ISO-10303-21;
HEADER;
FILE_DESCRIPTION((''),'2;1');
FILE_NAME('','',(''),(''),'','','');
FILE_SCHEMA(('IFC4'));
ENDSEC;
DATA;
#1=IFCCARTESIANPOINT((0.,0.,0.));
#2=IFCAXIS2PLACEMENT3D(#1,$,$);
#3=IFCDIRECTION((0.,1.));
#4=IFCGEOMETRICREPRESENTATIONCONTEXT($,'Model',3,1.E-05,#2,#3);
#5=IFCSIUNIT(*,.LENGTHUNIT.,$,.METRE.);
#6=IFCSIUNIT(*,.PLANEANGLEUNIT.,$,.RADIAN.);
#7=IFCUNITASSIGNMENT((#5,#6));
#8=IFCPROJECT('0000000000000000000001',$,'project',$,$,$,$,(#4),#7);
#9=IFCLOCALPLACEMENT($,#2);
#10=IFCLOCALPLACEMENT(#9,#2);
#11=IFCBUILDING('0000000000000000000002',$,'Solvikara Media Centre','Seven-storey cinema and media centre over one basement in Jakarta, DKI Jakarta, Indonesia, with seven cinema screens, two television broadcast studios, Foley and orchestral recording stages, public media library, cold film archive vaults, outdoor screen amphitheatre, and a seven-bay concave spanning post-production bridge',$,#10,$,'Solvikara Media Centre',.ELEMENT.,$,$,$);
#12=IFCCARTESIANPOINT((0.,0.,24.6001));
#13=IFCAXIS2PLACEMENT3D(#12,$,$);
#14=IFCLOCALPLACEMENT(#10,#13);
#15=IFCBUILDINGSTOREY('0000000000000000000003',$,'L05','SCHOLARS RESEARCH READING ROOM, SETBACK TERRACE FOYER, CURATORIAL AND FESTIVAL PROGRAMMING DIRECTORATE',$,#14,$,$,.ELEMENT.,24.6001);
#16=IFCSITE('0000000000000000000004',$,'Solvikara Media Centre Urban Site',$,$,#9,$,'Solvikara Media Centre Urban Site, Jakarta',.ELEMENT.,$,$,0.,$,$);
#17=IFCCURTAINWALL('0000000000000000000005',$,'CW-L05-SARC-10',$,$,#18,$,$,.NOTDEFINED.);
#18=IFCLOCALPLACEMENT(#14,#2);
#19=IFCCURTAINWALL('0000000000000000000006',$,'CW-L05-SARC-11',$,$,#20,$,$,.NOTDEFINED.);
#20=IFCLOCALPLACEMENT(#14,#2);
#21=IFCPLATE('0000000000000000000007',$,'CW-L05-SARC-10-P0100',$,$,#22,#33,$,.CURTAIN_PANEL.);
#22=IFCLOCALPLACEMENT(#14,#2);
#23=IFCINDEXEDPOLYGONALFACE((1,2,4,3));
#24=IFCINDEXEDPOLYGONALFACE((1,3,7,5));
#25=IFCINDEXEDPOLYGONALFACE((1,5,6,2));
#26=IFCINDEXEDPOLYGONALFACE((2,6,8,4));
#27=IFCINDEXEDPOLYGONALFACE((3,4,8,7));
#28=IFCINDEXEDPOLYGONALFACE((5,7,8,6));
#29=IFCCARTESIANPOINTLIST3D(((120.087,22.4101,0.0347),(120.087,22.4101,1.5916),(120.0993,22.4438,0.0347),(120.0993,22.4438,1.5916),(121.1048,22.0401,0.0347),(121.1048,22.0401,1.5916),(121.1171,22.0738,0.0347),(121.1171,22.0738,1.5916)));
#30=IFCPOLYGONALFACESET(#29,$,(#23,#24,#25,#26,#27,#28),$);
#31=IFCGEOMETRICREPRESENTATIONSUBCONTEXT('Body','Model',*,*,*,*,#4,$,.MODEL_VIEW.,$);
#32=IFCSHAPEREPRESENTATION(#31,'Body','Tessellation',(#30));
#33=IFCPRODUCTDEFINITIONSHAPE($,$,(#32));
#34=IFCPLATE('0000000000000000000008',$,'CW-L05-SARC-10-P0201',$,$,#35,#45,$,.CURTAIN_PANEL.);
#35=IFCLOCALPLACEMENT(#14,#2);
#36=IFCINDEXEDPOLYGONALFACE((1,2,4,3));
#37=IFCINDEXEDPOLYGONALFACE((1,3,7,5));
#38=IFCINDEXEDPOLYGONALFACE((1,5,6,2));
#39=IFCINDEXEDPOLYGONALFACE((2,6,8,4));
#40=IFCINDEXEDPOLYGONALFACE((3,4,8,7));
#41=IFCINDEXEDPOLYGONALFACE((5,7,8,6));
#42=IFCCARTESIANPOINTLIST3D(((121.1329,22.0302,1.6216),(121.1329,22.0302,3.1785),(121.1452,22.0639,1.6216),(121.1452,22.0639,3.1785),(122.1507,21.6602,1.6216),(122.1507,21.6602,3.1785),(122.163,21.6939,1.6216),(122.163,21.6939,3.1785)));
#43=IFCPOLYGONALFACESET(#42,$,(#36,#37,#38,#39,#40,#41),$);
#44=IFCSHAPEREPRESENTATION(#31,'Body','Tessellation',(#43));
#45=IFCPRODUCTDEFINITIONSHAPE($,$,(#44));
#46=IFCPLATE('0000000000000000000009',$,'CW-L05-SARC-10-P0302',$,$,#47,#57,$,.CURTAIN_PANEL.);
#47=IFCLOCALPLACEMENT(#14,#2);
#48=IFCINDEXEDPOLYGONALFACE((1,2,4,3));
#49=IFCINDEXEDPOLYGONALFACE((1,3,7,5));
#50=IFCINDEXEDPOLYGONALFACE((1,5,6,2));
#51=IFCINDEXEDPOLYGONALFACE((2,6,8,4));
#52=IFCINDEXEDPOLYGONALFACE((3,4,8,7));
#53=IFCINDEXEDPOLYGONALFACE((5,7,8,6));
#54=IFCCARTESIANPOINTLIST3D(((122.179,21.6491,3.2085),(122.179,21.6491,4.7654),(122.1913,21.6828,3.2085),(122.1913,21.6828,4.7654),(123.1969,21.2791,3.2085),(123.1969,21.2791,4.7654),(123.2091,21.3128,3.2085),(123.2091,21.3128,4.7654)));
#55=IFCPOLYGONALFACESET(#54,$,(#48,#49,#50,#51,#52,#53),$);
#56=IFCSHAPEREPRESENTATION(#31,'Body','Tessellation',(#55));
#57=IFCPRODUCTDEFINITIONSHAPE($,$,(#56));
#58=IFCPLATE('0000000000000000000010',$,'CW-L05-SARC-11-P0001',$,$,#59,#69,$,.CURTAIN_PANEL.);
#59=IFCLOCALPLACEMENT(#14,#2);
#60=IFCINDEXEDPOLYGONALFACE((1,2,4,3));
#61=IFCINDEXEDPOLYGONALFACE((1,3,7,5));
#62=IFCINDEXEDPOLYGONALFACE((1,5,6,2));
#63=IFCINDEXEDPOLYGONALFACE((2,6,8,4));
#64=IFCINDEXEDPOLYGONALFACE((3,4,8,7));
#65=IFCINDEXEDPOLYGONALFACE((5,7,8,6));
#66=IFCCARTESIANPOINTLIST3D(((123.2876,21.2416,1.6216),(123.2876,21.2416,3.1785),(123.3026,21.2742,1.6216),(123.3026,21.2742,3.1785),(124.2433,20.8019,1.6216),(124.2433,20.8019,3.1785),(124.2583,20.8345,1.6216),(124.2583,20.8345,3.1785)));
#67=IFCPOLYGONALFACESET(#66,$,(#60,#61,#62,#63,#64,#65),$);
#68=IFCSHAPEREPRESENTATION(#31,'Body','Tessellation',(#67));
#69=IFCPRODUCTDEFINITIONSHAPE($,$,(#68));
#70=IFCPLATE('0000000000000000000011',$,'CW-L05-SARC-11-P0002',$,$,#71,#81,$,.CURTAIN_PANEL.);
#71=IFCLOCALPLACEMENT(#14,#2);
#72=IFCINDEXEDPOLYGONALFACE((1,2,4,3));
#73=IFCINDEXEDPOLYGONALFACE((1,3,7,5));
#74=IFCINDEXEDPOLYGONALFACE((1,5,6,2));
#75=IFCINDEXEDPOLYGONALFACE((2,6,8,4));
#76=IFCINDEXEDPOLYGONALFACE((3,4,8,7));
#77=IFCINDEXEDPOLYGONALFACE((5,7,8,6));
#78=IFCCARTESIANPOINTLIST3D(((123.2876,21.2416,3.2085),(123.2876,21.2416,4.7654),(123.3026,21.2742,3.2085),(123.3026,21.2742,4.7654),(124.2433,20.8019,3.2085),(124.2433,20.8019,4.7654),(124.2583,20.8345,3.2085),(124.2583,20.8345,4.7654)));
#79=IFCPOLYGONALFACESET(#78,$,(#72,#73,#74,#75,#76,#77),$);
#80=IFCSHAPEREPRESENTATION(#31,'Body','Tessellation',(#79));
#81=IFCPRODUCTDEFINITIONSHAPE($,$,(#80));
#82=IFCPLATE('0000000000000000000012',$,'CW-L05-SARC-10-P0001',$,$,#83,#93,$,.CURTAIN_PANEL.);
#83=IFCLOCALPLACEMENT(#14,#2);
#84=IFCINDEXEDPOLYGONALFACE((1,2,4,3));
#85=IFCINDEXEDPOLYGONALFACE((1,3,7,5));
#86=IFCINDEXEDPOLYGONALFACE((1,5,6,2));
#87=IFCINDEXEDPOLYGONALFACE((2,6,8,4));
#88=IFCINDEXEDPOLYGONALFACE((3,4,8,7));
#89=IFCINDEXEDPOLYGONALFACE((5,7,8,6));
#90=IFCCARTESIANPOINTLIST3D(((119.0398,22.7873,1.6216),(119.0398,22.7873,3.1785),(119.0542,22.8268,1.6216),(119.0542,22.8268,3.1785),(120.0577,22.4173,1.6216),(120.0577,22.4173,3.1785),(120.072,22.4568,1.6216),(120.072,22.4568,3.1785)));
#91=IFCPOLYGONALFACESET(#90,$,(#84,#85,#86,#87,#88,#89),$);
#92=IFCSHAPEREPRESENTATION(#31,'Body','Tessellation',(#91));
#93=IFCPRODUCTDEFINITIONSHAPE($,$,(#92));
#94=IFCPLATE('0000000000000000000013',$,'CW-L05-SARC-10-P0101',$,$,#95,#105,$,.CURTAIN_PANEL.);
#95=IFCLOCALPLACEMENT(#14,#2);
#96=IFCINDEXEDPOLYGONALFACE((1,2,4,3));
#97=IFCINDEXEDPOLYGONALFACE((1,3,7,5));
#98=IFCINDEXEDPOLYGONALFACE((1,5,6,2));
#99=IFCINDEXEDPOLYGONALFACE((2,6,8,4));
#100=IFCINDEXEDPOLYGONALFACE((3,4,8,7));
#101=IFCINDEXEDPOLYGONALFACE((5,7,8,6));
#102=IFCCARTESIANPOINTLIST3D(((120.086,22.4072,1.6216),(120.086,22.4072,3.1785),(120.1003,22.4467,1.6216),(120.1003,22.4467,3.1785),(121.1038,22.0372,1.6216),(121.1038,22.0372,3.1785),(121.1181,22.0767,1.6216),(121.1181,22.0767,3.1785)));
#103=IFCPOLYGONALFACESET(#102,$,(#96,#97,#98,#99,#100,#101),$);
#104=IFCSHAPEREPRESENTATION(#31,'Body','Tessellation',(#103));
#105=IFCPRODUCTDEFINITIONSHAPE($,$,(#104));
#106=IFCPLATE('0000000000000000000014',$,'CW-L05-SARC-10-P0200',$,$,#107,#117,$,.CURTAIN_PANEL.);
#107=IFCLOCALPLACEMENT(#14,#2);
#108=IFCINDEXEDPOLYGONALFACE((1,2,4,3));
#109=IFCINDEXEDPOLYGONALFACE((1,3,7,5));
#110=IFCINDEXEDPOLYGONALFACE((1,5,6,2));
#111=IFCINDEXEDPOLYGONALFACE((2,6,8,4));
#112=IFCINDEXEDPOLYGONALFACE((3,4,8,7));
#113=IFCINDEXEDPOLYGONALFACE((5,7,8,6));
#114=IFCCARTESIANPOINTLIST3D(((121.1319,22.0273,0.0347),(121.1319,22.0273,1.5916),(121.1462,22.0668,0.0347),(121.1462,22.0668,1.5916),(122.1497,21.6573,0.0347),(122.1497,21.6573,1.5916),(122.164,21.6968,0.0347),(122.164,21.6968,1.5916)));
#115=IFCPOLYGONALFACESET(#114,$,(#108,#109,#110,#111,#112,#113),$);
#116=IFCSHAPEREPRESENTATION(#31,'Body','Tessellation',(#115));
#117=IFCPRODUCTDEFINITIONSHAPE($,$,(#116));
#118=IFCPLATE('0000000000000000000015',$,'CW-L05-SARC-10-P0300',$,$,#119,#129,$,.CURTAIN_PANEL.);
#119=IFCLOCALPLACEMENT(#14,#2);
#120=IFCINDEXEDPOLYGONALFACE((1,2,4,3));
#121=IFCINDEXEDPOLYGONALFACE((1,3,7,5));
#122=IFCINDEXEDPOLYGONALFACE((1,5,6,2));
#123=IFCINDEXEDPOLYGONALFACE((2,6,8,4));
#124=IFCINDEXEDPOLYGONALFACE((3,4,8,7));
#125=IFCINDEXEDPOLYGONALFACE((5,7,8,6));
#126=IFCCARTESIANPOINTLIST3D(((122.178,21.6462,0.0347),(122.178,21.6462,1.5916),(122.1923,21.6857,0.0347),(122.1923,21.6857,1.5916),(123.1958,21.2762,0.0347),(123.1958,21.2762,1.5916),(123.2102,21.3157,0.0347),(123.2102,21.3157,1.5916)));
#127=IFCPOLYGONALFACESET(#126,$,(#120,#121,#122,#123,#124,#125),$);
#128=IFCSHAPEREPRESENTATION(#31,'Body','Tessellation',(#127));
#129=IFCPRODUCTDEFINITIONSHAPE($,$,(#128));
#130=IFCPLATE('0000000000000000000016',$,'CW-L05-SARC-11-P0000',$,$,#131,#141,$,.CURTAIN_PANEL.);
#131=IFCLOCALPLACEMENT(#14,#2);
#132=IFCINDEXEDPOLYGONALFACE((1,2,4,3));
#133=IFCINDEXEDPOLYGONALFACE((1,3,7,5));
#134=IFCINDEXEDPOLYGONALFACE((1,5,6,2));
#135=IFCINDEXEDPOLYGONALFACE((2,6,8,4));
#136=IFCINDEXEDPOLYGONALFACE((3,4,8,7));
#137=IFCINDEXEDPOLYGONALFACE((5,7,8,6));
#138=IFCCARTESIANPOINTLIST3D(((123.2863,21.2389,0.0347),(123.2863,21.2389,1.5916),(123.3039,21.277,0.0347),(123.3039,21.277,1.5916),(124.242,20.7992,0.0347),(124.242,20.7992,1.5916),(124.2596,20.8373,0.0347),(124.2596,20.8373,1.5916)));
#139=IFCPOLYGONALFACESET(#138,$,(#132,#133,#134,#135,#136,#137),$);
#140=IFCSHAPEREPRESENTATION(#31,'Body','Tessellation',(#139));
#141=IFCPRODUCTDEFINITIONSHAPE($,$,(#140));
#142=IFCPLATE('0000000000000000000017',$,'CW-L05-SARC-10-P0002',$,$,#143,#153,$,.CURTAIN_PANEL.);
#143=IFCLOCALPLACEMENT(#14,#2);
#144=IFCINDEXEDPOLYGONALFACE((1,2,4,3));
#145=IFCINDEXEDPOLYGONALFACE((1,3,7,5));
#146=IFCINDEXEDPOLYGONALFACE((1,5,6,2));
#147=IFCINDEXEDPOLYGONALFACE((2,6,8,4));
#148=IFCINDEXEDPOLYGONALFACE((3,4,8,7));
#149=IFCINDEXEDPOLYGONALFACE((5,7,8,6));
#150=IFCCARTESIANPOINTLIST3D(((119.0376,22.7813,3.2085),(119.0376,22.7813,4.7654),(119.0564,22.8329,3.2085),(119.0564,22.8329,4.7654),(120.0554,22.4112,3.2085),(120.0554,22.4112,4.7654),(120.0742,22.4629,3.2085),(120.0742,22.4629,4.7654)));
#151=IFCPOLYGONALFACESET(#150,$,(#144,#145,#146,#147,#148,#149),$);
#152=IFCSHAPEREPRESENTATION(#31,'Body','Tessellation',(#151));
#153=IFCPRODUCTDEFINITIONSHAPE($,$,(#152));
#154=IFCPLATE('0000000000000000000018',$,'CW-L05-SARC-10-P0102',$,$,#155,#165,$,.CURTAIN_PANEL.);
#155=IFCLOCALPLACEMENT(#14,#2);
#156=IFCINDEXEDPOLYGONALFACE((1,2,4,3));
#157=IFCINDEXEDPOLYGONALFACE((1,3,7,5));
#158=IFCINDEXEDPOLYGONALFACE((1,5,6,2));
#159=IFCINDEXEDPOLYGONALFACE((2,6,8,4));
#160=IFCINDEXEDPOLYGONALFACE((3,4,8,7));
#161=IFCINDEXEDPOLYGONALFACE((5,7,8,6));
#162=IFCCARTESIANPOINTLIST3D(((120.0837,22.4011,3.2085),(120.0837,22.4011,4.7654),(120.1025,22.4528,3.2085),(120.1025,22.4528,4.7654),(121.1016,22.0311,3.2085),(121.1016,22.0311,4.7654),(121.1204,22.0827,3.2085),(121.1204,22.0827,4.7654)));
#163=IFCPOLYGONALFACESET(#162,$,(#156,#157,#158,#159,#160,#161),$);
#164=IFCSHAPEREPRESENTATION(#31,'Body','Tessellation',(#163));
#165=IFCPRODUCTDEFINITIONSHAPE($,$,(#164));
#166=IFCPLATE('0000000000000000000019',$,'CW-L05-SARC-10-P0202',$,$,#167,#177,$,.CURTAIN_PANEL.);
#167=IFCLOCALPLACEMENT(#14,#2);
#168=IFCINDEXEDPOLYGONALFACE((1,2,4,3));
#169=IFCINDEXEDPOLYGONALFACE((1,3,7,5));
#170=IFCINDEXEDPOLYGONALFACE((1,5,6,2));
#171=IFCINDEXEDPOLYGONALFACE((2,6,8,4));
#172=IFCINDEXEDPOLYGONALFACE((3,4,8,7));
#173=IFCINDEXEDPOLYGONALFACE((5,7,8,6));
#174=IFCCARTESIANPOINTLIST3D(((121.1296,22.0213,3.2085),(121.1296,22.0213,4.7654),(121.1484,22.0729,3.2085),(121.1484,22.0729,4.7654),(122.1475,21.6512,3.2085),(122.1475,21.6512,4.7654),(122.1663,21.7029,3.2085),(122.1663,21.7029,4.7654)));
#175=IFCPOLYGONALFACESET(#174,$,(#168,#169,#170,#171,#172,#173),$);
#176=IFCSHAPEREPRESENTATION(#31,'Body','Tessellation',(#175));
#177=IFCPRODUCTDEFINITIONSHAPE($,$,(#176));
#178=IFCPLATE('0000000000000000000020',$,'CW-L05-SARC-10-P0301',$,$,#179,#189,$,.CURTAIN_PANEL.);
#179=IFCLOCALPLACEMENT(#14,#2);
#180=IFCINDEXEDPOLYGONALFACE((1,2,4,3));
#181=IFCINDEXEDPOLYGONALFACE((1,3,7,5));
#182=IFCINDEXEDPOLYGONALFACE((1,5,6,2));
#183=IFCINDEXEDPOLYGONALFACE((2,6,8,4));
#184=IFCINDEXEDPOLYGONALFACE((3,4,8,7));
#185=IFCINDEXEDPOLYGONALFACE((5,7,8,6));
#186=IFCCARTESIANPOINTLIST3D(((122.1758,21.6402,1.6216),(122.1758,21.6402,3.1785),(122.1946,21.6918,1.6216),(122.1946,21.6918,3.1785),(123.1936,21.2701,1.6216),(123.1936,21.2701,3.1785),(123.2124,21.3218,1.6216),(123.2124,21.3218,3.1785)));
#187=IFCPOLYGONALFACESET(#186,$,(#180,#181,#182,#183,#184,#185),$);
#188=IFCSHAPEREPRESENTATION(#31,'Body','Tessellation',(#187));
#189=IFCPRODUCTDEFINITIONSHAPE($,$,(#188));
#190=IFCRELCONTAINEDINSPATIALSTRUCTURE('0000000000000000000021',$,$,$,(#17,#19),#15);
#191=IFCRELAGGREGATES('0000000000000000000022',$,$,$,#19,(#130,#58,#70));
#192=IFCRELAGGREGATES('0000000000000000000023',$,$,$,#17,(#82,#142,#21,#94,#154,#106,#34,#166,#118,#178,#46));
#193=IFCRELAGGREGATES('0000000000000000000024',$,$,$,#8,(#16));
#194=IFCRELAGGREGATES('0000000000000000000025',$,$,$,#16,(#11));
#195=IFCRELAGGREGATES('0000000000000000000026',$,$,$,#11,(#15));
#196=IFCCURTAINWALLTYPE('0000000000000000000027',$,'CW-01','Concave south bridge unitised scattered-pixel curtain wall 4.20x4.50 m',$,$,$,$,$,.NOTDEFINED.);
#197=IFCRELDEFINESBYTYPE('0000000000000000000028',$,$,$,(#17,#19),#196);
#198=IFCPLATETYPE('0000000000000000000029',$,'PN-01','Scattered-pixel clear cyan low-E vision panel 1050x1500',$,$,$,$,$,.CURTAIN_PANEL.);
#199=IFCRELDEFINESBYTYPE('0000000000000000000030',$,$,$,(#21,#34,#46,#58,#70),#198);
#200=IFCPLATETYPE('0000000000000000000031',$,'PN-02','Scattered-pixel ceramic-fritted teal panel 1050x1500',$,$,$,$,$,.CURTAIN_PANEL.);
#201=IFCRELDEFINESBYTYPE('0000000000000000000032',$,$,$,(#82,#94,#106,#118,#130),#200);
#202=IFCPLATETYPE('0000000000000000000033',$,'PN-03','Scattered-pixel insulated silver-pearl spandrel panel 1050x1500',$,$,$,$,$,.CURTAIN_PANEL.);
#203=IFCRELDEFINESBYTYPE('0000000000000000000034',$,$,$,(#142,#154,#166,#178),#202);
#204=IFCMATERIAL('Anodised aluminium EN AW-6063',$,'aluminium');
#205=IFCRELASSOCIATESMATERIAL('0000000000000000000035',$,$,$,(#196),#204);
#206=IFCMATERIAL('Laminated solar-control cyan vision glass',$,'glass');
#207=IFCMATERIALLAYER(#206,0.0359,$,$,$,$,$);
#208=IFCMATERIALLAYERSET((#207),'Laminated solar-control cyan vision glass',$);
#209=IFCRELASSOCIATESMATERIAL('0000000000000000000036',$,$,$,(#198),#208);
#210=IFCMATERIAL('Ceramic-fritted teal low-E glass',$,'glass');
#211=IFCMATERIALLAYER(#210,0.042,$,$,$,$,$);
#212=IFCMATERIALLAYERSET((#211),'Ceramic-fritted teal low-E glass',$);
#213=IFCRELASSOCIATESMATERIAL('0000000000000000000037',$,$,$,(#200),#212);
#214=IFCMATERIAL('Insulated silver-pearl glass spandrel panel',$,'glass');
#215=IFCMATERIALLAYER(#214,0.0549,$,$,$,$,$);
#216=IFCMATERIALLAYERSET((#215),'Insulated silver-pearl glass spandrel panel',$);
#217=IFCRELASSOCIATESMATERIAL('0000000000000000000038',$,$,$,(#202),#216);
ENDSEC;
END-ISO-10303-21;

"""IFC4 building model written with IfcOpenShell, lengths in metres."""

from ifc_helpers import new_model, si_unit, direction, frame, origin, origin_2d, place, context, subcontext, project, spatial, rectangle, extrude, material, layer, layer_set, type_object, element, aggregate, save


model = new_model("IFC4")

# Units and contexts
model_context = context("Model", 3, precision=1e-05, world=origin(), true_north=direction((0.0, 1.0)))
body_context = subcontext(model_context, "Body", "Model", "MODEL_VIEW")
ifc_project = project(units=[si_unit("LENGTHUNIT", "METRE"), si_unit("PLANEANGLEUNIT", "RADIAN")], contexts=[model_context])

# Site, building, storey
site_placement = place(None, origin())
site = spatial("IfcSite", under=ifc_project, at=site_placement, Name="Solvikara Media Centre Urban Site", LongName="Solvikara Media Centre Urban Site, Jakarta", CompositionType="ELEMENT", RefElevation=0.0)
building_placement = place(site_placement, origin())
building = spatial("IfcBuilding", under=site, at=building_placement, Name="Solvikara Media Centre", Description="Seven-storey cinema and media centre over one basement in Jakarta, DKI Jakarta, Indonesia, with seven cinema screens, two television broadcast studios, Foley and orchestral recording stages, public media library, cold film archive vaults, outdoor screen amphitheatre, and a seven-bay concave spanning post-production bridge", LongName="Solvikara Media Centre", CompositionType="ELEMENT")
storey_placement = place(building_placement, frame((0.0, 0.0, 24.6001)))
storey = spatial("IfcBuildingStorey", under=building, at=storey_placement, Name="L05", Description="SCHOLARS RESEARCH READING ROOM, SETBACK TERRACE FOYER, CURATORIAL AND FESTIVAL PROGRAMMING DIRECTORATE", CompositionType="ELEMENT", Elevation=24.6001)

# Curtain walls
ifc_material_1 = material(Name="Anodised aluminium EN AW-6063", Category="aluminium")
curtain_wall_type = type_object("IfcCurtainWallType", Name="CW-01", Description="Concave south bridge unitised scattered-pixel curtain wall 4.20x4.50 m", PredefinedType="NOTDEFINED", material=ifc_material_1)
curtain_wall_1_placement = place(storey_placement, origin())
curtain_wall_1 = element("IfcCurtainWall", 1, at=curtain_wall_1_placement, inside=storey, type_object=curtain_wall_type, Name="CW-L05-SARC-10", PredefinedType="NOTDEFINED")
curtain_wall_2_placement = place(storey_placement, origin())
curtain_wall_2 = element("IfcCurtainWall", 2, at=curtain_wall_2_placement, inside=storey, type_object=curtain_wall_type, Name="CW-L05-SARC-11", PredefinedType="NOTDEFINED")

# Plates
ifc_material_2 = material(Name="Laminated solar-control cyan vision glass", Category="glass")
ifc_layer_1 = layer(ifc_material_2, 0.0359)
ifc_layer_set_1 = layer_set([ifc_layer_1], Name="Laminated solar-control cyan vision glass")
plate_type_1 = type_object("IfcPlateType", Name="PN-01", Description="Scattered-pixel clear cyan low-E vision panel 1050x1500", PredefinedType="CURTAIN_PANEL", material=ifc_layer_set_1)
plate_1_placement = place(storey_placement, frame((120.6021, 22.2419, 0.0347), z_axis=(0.0, 0.0, 1.0), x_axis=(0.939824, -0.341659, 0.0)))
plate_1 = element("IfcPlate", 3, at=plate_1_placement, type_object=plate_type_1, Name="CW-L05-SARC-10-P0100", PredefinedType="CURTAIN_PANEL", context=body_context, shape_type="SweptSolid", body=[
    extrude(rectangle(XDim=1.083, YDim=0.0359, at=origin_2d()), origin(), (0.0, 0.0, 1.0), 1.5569),
])
plate_2_placement = place(storey_placement, frame((121.6479, 21.8621, 1.6216), z_axis=(0.0, 0.0, 1.0), x_axis=(0.939824, -0.341659, 0.0)))
plate_2 = element("IfcPlate", 4, at=plate_2_placement, type_object=plate_type_1, Name="CW-L05-SARC-10-P0201", PredefinedType="CURTAIN_PANEL", context=body_context, shape_type="SweptSolid", body=[
    extrude(rectangle(XDim=1.083, YDim=0.0359, at=origin_2d()), origin(), (0.0, 0.0, 1.0), 1.5569),
])
plate_3_placement = place(storey_placement, frame((122.6941, 21.481, 3.2085), z_axis=(0.0, 0.0, 1.0), x_axis=(0.939824, -0.341659, 0.0)))
plate_3 = element("IfcPlate", 5, at=plate_3_placement, type_object=plate_type_1, Name="CW-L05-SARC-10-P0302", PredefinedType="CURTAIN_PANEL", context=body_context, shape_type="SweptSolid", body=[
    extrude(rectangle(XDim=1.083, YDim=0.0359, at=origin_2d()), origin(), (0.0, 0.0, 1.0), 1.5569),
])
plate_4_placement = place(storey_placement, frame((123.7729, 21.0381, 1.6216), z_axis=(0.0, 0.0, 1.0), x_axis=(0.908464, -0.417962, 0.0)))
plate_4 = element("IfcPlate", 6, at=plate_4_placement, type_object=plate_type_1, Name="CW-L05-SARC-11-P0001", PredefinedType="CURTAIN_PANEL", context=body_context, shape_type="SweptSolid", body=[
    extrude(rectangle(XDim=1.052, YDim=0.0359, at=origin_2d()), origin(), (0.0, 0.0, 1.0), 1.5569),
])
plate_5_placement = place(storey_placement, frame((123.7729, 21.0381, 3.2085), z_axis=(0.0, 0.0, 1.0), x_axis=(0.908464, -0.417962, 0.0)))
plate_5 = element("IfcPlate", 7, at=plate_5_placement, type_object=plate_type_1, Name="CW-L05-SARC-11-P0002", PredefinedType="CURTAIN_PANEL", context=body_context, shape_type="SweptSolid", body=[
    extrude(rectangle(XDim=1.052, YDim=0.0359, at=origin_2d()), origin(), (0.0, 0.0, 1.0), 1.5569),
])
ifc_material_3 = material(Name="Ceramic-fritted teal low-E glass", Category="glass")
ifc_layer_2 = layer(ifc_material_3, 0.042)
ifc_layer_set_2 = layer_set([ifc_layer_2], Name="Ceramic-fritted teal low-E glass")
plate_type_2 = type_object("IfcPlateType", Name="PN-02", Description="Scattered-pixel ceramic-fritted teal panel 1050x1500", PredefinedType="CURTAIN_PANEL", material=ifc_layer_set_2)
plate_6_placement = place(storey_placement, frame((119.5559, 22.6221, 1.6216), z_axis=(0.0, 0.0, 1.0), x_axis=(0.939824, -0.341659, 0.0)))
plate_6 = element("IfcPlate", 8, at=plate_6_placement, type_object=plate_type_2, Name="CW-L05-SARC-10-P0001", PredefinedType="CURTAIN_PANEL", context=body_context, shape_type="SweptSolid", body=[
    extrude(rectangle(XDim=1.083, YDim=0.042, at=origin_2d()), origin(), (0.0, 0.0, 1.0), 1.5569),
])
plate_7_placement = place(storey_placement, frame((120.6021, 22.2419, 1.6216), z_axis=(0.0, 0.0, 1.0), x_axis=(0.939824, -0.341659, 0.0)))
plate_7 = element("IfcPlate", 9, at=plate_7_placement, type_object=plate_type_2, Name="CW-L05-SARC-10-P0101", PredefinedType="CURTAIN_PANEL", context=body_context, shape_type="SweptSolid", body=[
    extrude(rectangle(XDim=1.083, YDim=0.042, at=origin_2d()), origin(), (0.0, 0.0, 1.0), 1.5569),
])
plate_8_placement = place(storey_placement, frame((121.6479, 21.8621, 0.0347), z_axis=(0.0, 0.0, 1.0), x_axis=(0.939824, -0.341659, 0.0)))
plate_8 = element("IfcPlate", 10, at=plate_8_placement, type_object=plate_type_2, Name="CW-L05-SARC-10-P0200", PredefinedType="CURTAIN_PANEL", context=body_context, shape_type="SweptSolid", body=[
    extrude(rectangle(XDim=1.083, YDim=0.042, at=origin_2d()), origin(), (0.0, 0.0, 1.0), 1.5569),
])
plate_9_placement = place(storey_placement, frame((122.6941, 21.481, 0.0347), z_axis=(0.0, 0.0, 1.0), x_axis=(0.939824, -0.341659, 0.0)))
plate_9 = element("IfcPlate", 11, at=plate_9_placement, type_object=plate_type_2, Name="CW-L05-SARC-10-P0300", PredefinedType="CURTAIN_PANEL", context=body_context, shape_type="SweptSolid", body=[
    extrude(rectangle(XDim=1.083, YDim=0.042, at=origin_2d()), origin(), (0.0, 0.0, 1.0), 1.5569),
])
plate_10_placement = place(storey_placement, frame((123.7729, 21.0381, 0.0347), z_axis=(0.0, 0.0, 1.0), x_axis=(0.908464, -0.417962, 0.0)))
plate_10 = element("IfcPlate", 12, at=plate_10_placement, type_object=plate_type_2, Name="CW-L05-SARC-11-P0000", PredefinedType="CURTAIN_PANEL", context=body_context, shape_type="SweptSolid", body=[
    extrude(rectangle(XDim=1.052, YDim=0.042, at=origin_2d()), origin(), (0.0, 0.0, 1.0), 1.5569),
])
aggregate(curtain_wall_2, [plate_10, plate_4, plate_5])
ifc_material_4 = material(Name="Insulated silver-pearl glass spandrel panel", Category="glass")
ifc_layer_3 = layer(ifc_material_4, 0.0549)
ifc_layer_set_3 = layer_set([ifc_layer_3], Name="Insulated silver-pearl glass spandrel panel")
plate_type_3 = type_object("IfcPlateType", Name="PN-03", Description="Scattered-pixel insulated silver-pearl spandrel panel 1050x1500", PredefinedType="CURTAIN_PANEL", material=ifc_layer_set_3)
plate_11_placement = place(storey_placement, frame((119.5559, 22.6221, 3.2085), z_axis=(0.0, 0.0, 1.0), x_axis=(0.939824, -0.341659, 0.0)))
plate_11 = element("IfcPlate", 13, at=plate_11_placement, type_object=plate_type_3, Name="CW-L05-SARC-10-P0002", PredefinedType="CURTAIN_PANEL", context=body_context, shape_type="SweptSolid", body=[
    extrude(rectangle(XDim=1.083, YDim=0.0549, at=origin_2d()), origin(), (0.0, 0.0, 1.0), 1.5569),
])
plate_12_placement = place(storey_placement, frame((120.6021, 22.2419, 3.2085), z_axis=(0.0, 0.0, 1.0), x_axis=(0.939824, -0.341659, 0.0)))
plate_12 = element("IfcPlate", 14, at=plate_12_placement, type_object=plate_type_3, Name="CW-L05-SARC-10-P0102", PredefinedType="CURTAIN_PANEL", context=body_context, shape_type="SweptSolid", body=[
    extrude(rectangle(XDim=1.083, YDim=0.0549, at=origin_2d()), origin(), (0.0, 0.0, 1.0), 1.5569),
])
plate_13_placement = place(storey_placement, frame((121.6479, 21.8621, 3.2085), z_axis=(0.0, 0.0, 1.0), x_axis=(0.939824, -0.341659, 0.0)))
plate_13 = element("IfcPlate", 15, at=plate_13_placement, type_object=plate_type_3, Name="CW-L05-SARC-10-P0202", PredefinedType="CURTAIN_PANEL", context=body_context, shape_type="SweptSolid", body=[
    extrude(rectangle(XDim=1.083, YDim=0.0549, at=origin_2d()), origin(), (0.0, 0.0, 1.0), 1.5569),
])
plate_14_placement = place(storey_placement, frame((122.6941, 21.481, 1.6216), z_axis=(0.0, 0.0, 1.0), x_axis=(0.939824, -0.341659, 0.0)))
plate_14 = element("IfcPlate", 16, at=plate_14_placement, type_object=plate_type_3, Name="CW-L05-SARC-10-P0301", PredefinedType="CURTAIN_PANEL", context=body_context, shape_type="SweptSolid", body=[
    extrude(rectangle(XDim=1.083, YDim=0.0549, at=origin_2d()), origin(), (0.0, 0.0, 1.0), 1.5569),
])
aggregate(curtain_wall_1, [plate_6, plate_11, plate_1, plate_7, plate_12, plate_8, plate_2, plate_13, plate_9, plate_14, plate_3])

save(model, "model.ifc")
